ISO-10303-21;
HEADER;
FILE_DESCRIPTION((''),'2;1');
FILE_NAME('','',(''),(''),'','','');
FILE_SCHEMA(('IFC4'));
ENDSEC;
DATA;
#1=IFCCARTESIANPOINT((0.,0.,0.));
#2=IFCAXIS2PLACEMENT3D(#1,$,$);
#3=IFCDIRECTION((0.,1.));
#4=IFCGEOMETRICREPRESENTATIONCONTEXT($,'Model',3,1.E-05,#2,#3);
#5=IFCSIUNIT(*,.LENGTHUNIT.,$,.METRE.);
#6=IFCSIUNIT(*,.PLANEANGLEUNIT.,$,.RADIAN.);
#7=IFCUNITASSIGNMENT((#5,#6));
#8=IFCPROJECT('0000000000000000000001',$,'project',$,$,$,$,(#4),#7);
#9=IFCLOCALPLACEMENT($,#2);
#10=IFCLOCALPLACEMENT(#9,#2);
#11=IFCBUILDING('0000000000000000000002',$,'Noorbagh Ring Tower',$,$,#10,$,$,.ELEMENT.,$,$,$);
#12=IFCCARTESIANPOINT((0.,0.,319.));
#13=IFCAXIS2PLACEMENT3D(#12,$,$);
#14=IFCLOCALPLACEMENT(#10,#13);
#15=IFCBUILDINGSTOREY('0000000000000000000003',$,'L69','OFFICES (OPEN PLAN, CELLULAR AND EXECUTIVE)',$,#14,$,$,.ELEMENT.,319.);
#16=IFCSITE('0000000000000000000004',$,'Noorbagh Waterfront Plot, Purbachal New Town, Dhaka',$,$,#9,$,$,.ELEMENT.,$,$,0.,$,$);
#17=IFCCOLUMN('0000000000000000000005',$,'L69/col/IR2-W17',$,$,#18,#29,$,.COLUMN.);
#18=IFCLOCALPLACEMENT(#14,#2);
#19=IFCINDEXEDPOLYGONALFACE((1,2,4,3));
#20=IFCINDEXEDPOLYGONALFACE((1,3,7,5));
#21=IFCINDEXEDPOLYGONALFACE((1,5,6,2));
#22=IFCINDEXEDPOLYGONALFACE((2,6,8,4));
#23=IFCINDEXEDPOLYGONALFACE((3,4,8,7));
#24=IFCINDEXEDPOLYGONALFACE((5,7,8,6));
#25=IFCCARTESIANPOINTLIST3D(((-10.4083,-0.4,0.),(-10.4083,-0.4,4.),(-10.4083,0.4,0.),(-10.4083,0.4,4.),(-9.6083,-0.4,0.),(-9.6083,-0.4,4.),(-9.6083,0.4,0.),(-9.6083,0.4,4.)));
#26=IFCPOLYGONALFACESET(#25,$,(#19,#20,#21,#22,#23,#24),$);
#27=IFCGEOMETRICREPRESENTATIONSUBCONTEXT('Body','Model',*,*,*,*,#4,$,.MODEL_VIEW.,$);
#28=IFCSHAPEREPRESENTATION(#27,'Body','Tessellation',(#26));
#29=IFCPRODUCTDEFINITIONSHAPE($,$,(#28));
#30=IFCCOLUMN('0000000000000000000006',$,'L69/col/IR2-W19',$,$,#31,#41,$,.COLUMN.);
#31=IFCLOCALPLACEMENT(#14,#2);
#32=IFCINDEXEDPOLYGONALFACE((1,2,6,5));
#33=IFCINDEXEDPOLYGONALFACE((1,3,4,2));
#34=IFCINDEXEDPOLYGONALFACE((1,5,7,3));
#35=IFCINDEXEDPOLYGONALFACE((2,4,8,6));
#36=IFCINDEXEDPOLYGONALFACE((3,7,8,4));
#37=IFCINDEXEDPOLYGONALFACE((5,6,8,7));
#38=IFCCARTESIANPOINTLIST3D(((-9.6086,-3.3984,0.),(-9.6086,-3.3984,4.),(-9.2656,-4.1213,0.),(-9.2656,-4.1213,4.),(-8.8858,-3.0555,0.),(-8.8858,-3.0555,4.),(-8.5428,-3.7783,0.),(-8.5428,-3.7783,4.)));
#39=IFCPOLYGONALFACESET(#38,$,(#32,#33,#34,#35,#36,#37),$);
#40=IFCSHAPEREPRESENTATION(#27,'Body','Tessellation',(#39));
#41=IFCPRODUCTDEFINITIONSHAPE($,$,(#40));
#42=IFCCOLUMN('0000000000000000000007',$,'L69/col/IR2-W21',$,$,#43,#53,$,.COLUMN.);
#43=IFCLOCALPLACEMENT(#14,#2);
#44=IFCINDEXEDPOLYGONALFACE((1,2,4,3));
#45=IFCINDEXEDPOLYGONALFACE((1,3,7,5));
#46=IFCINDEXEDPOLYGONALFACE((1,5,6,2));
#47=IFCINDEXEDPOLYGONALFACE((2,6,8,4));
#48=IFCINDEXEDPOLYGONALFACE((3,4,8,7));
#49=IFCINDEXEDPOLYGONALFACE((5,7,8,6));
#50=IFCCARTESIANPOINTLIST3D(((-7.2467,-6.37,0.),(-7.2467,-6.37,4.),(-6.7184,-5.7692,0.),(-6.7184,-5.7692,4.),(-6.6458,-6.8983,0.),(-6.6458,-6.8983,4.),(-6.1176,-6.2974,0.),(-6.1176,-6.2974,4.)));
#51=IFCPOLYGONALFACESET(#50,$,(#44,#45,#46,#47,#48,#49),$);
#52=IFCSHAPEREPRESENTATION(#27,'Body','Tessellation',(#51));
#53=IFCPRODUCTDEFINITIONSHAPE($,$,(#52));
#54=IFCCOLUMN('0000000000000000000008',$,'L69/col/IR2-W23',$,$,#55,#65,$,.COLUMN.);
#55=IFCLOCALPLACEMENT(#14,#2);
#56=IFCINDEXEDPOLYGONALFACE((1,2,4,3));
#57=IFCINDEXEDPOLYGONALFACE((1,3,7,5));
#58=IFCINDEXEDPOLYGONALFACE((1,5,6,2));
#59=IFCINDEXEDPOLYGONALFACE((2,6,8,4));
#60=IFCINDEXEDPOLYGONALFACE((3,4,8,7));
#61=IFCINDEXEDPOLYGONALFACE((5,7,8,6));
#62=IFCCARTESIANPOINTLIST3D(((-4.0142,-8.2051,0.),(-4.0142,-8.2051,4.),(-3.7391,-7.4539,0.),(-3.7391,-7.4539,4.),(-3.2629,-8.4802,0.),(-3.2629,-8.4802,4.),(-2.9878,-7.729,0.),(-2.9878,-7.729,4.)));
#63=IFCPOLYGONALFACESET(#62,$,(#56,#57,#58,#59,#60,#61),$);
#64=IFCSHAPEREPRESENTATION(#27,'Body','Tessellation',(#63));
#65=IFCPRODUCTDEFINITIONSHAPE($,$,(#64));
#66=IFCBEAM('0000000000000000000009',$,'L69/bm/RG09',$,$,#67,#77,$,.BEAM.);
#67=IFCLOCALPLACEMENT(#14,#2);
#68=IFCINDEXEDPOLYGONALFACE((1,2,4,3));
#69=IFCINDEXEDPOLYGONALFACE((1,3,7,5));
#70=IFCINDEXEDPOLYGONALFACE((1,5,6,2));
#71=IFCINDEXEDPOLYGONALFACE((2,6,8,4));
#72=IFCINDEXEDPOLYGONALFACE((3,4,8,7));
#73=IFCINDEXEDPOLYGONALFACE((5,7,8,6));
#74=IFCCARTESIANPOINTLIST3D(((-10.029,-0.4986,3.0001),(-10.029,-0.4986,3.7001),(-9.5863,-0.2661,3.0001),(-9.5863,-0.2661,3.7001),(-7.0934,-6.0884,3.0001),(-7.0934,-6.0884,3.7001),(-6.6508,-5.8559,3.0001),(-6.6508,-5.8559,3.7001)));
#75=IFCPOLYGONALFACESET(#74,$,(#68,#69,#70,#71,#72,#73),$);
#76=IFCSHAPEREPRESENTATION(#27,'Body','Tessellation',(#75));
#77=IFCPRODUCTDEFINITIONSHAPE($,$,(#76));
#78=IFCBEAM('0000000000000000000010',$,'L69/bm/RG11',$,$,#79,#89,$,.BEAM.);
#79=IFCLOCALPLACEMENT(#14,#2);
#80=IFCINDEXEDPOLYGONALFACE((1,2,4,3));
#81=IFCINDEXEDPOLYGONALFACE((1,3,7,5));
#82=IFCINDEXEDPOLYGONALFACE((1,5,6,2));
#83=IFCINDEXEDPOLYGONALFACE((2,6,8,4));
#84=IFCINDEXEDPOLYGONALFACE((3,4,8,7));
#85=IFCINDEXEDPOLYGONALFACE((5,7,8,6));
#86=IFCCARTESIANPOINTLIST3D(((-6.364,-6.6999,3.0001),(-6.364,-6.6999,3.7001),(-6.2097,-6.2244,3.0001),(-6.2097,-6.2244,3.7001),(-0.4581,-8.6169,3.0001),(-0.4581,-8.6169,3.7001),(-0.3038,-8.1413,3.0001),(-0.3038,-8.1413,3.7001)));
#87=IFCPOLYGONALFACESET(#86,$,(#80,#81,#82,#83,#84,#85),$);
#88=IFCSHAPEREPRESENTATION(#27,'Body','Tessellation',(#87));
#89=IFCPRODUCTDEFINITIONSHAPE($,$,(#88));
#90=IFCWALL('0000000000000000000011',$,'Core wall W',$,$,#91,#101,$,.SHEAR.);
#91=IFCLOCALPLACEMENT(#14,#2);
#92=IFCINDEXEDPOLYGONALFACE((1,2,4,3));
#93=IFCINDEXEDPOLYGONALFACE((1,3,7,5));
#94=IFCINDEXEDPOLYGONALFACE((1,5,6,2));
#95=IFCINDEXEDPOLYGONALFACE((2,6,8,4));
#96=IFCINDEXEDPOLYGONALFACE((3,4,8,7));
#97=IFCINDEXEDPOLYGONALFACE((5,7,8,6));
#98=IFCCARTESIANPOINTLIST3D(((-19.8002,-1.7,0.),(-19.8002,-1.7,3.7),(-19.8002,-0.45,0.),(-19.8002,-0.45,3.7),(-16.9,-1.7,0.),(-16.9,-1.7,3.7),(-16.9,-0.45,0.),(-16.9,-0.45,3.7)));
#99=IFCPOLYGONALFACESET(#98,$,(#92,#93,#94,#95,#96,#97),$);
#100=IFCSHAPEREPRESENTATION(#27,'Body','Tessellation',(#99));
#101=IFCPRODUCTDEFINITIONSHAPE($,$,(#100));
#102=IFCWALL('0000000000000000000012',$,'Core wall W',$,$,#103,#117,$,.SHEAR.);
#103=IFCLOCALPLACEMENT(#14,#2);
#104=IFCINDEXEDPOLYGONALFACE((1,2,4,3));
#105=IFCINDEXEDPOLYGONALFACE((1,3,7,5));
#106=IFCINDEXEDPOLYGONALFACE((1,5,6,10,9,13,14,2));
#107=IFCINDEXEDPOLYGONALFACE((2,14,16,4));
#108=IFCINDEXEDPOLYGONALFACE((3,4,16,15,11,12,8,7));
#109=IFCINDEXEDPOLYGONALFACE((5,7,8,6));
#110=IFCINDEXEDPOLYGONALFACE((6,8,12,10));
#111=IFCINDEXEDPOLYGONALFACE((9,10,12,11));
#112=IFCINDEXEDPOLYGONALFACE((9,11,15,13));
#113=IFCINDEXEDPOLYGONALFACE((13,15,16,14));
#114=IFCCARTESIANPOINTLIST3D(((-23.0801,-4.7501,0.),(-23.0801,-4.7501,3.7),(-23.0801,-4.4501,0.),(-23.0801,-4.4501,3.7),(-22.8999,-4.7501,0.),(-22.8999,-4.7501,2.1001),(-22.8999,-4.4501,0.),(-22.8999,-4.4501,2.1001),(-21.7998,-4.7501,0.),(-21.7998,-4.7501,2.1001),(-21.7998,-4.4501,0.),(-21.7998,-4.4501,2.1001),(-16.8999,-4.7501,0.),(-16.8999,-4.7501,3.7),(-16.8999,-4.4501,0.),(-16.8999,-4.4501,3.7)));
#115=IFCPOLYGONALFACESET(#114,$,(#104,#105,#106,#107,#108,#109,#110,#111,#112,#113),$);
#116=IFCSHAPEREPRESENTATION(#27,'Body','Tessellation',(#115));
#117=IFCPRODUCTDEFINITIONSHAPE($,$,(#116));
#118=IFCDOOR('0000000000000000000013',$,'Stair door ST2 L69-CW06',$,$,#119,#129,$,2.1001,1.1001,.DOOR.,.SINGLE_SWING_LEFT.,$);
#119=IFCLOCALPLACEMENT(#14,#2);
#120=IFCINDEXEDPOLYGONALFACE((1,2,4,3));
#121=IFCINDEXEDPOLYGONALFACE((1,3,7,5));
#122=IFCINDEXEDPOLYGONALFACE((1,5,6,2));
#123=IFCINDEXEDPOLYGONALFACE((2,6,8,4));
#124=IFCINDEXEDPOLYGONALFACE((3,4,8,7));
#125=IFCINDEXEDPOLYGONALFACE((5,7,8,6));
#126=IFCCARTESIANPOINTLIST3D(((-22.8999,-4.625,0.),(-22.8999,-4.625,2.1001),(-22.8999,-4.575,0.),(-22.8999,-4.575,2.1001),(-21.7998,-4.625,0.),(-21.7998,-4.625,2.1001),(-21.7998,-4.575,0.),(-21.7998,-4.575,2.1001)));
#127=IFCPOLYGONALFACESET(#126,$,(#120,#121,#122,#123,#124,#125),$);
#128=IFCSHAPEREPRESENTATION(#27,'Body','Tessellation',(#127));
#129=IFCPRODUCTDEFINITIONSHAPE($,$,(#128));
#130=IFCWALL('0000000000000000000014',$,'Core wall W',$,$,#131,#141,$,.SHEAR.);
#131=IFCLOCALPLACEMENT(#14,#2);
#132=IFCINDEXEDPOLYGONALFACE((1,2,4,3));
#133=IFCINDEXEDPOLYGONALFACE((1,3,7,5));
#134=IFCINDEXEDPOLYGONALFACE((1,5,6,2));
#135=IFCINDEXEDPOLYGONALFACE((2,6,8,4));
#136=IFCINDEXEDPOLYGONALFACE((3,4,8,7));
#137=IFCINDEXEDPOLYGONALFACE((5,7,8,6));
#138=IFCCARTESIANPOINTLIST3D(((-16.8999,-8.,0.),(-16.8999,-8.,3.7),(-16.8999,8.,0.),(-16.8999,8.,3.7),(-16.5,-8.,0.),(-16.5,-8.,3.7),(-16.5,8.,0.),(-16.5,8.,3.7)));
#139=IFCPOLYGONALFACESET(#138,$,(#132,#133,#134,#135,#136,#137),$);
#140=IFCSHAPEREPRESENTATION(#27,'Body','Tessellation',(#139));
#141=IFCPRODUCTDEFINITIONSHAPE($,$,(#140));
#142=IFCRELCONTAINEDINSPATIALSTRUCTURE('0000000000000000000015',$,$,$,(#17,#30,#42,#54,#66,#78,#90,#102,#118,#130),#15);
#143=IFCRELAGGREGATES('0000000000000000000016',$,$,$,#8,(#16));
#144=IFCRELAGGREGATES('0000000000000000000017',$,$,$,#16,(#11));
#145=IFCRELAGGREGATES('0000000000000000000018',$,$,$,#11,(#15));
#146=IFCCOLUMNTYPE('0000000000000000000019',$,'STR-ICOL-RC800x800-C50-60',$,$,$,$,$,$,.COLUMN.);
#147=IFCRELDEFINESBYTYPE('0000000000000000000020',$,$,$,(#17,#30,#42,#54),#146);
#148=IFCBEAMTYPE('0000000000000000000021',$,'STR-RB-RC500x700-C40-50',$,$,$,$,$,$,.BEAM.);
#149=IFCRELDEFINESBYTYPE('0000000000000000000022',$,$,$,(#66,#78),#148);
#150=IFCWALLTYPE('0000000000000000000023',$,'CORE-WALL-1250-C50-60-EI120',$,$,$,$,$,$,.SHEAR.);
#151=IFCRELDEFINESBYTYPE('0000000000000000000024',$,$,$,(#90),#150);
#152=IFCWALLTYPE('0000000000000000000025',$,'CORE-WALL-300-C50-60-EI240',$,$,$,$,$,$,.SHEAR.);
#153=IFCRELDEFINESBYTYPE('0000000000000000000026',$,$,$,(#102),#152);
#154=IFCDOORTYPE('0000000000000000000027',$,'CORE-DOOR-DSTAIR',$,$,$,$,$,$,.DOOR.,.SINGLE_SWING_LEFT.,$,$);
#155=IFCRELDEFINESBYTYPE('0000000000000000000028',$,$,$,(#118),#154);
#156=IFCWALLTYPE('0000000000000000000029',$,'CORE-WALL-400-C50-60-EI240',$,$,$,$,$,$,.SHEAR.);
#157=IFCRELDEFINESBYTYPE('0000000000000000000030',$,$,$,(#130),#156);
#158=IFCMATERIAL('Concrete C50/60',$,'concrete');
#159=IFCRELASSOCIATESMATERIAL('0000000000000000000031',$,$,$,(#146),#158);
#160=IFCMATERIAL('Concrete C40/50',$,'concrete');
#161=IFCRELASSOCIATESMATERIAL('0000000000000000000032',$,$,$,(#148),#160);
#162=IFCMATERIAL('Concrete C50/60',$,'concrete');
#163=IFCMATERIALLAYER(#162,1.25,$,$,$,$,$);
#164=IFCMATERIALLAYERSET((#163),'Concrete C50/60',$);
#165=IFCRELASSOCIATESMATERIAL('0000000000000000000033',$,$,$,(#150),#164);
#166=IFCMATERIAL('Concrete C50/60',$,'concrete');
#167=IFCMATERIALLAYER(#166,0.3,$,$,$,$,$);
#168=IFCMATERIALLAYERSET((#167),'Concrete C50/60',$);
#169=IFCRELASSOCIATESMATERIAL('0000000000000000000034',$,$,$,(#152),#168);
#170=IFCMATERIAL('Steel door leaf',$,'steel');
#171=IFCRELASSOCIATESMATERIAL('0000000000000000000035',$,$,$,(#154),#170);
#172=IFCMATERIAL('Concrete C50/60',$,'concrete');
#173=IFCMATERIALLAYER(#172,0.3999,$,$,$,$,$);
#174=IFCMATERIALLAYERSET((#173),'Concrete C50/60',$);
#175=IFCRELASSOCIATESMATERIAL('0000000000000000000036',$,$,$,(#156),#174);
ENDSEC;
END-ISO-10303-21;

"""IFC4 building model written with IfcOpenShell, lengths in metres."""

from ifc_helpers import new_model, si_unit, direction, frame, frame_2d, origin, origin_2d, place, context, subcontext, project, spatial, rectangle, extrude, material, layer, layer_set, material_profile, profile_set, type_object, element, fill, save


model = new_model("IFC4")

# Units and contexts
model_context = context("Model", 3, precision=1e-05, world=origin(), true_north=direction((0.0, 1.0)))
body_context = subcontext(model_context, "Body", "Model", "MODEL_VIEW")
ifc_project = project(units=[si_unit("LENGTHUNIT", "METRE"), si_unit("PLANEANGLEUNIT", "RADIAN")], contexts=[model_context])

# Site, building, storey
site_placement = place(None, origin())
site = spatial("IfcSite", under=ifc_project, at=site_placement, Name="Noorbagh Waterfront Plot, Purbachal New Town, Dhaka", CompositionType="ELEMENT", RefElevation=0.0)
building_placement = place(site_placement, origin())
building = spatial("IfcBuilding", under=site, at=building_placement, Name="Noorbagh Ring Tower", CompositionType="ELEMENT")
storey_placement = place(building_placement, frame((0.0, 0.0, 319.0)))
storey = spatial("IfcBuildingStorey", under=building, at=storey_placement, Name="L69", Description="OFFICES (OPEN PLAN, CELLULAR AND EXECUTIVE)", CompositionType="ELEMENT", Elevation=319.0)

# Columns
ifc_material_1 = material(Name="Concrete C50/60", Category="concrete")
ifc_material_profile_1 = material_profile(ifc_material_1, rectangle(XDim=0.8, YDim=0.8, at=origin_2d()), Name="RC800x800")
ifc_profile_set_1 = profile_set([ifc_material_profile_1], Name="Concrete C50/60")
column_type = type_object("IfcColumnType", Name="STR-ICOL-RC800x800-C50-60", PredefinedType="COLUMN", material=ifc_profile_set_1)
for number, where, z_axis, x_axis, name in (
    (1, (-10.0083, 0.0, 0.0), (0.0, 0.0, 1.0), (0.0, -1.0, 0.0), "L69/col/IR2-W17"),
    (2, (-9.0757, -3.5884, 0.0), (0.0, 0.0, 1.0), (0.428667, -0.903463, 0.0), "L69/col/IR2-W19"),
    (3, (-6.6821, -6.3337, 0.0), (0.0, 0.0, 1.0), (0.751022, -0.660277, 0.0), "L69/col/IR2-W21"),
    (4, (-3.501, -7.967, 0.0), (0.0, 0.0, 1.0), (0.93902, -0.343864, 0.0), "L69/col/IR2-W23"),
):
    element("IfcColumn", number, at=place(storey_placement, frame(where, z_axis=z_axis, x_axis=x_axis)), inside=storey, type_object=column_type, Name=name, PredefinedType="COLUMN", context=body_context, shape_type="SweptSolid", body=[
        extrude(rectangle(XDim=0.8, YDim=0.8, at=origin_2d()), origin(), (0.0, 0.0, 1.0), 4.0),
    ])

# Beams
ifc_material_2 = material(Name="Concrete C40/50", Category="concrete")
ifc_material_profile_2 = material_profile(ifc_material_2, rectangle(XDim=0.5, YDim=0.7, at=origin_2d()), Name="RC500x700")
ifc_profile_set_2 = profile_set([ifc_material_profile_2], Name="Concrete C40/50")
beam_type = type_object("IfcBeamType", Name="STR-RB-RC500x700-C40-50", PredefinedType="BEAM", material=ifc_profile_set_2)
beam_1_placement = place(storey_placement, frame((-9.8076, -0.3823, 3.3501), z_axis=(0.464943, -0.885341, 0.0), x_axis=(0.885341, 0.464943, 0.0)))
element("IfcBeam", 5, at=beam_1_placement, inside=storey, type_object=beam_type, Name="L69/bm/RG09", PredefinedType="BEAM", context=body_context, shape_type="SweptSolid", body=[
    extrude(rectangle(XDim=0.5, YDim=0.7, at=origin_2d()), origin(), (0.0, 0.0, 1.0), 6.3137),
])
beam_2_placement = place(storey_placement, frame((-6.2869, -6.4622, 3.3501), z_axis=(0.95115, -0.308728, 0.0), x_axis=(0.308728, 0.95115, 0.0)))
element("IfcBeam", 6, at=beam_2_placement, inside=storey, type_object=beam_type, Name="L69/bm/RG11", PredefinedType="BEAM", context=body_context, shape_type="SweptSolid", body=[
    extrude(rectangle(XDim=0.5, YDim=0.7, at=origin_2d()), origin(), (0.0, 0.0, 1.0), 6.2092),
])

# Wall
ifc_material_3 = material(Name="Concrete C50/60", Category="concrete")
ifc_layer_1 = layer(ifc_material_3, 1.25)
ifc_layer_set_1 = layer_set([ifc_layer_1], Name="Concrete C50/60")
wall_type_1 = type_object("IfcWallType", Name="CORE-WALL-1250-C50-60-EI120", PredefinedType="SHEAR", material=ifc_layer_set_1)
wall_1_placement = place(storey_placement, frame((-16.8999, -1.075, 0.0), z_axis=(0.0, 0.0, 1.0), x_axis=(-1.0, 0.0, 0.0)))
element("IfcWall", 7, at=wall_1_placement, inside=storey, type_object=wall_type_1, Name="Core wall W", PredefinedType="SHEAR", context=body_context, shape_type="SweptSolid", body=[
    extrude(rectangle(XDim=2.9001, YDim=1.25, at=frame_2d((1.4502, 0.0))), origin(), (0.0, 0.0, 1.0), 3.7),
])

# Wall, opening, door
ifc_material_4 = material(Name="Concrete C50/60", Category="concrete")
ifc_layer_2 = layer(ifc_material_4, 0.3)
ifc_layer_set_2 = layer_set([ifc_layer_2], Name="Concrete C50/60")
wall_type_2 = type_object("IfcWallType", Name="CORE-WALL-300-C50-60-EI240", PredefinedType="SHEAR", material=ifc_layer_set_2)
wall_2_placement = place(storey_placement, frame((-16.8999, -4.6001, 0.0), z_axis=(0.0, 0.0, 1.0), x_axis=(-1.0, 0.0, 0.0)))
wall_2 = element("IfcWall", 8, at=wall_2_placement, inside=storey, type_object=wall_type_2, Name="Core wall W", PredefinedType="SHEAR", context=body_context, shape_type="SweptSolid", body=[
    extrude(rectangle(XDim=6.1802, YDim=0.3, at=frame_2d((3.0901, 0.0))), origin(), (0.0, 0.0, 1.0), 3.7),
])
opening_1_placement = place(wall_2_placement, frame((4.8999, 0.0, 0.0)))
opening_1 = element("IfcOpeningElement", 9, at=opening_1_placement, cuts=wall_2, PredefinedType="OPENING", context=body_context, shape_type="SweptSolid", body=[
    extrude(rectangle(XDim=1.1001, YDim=2.1001, at=frame_2d((0.55, 1.05))), frame((0.0, 0.1602, 0.0), z_axis=(0.0, -1.0, 0.0), x_axis=(1.0, 0.0, 0.0)), (0.0, 0.0, 1.0), 0.3201),
])
ifc_material_5 = material(Name="Steel door leaf", Category="steel")
door_type_1 = type_object("IfcDoorType", Name="CORE-DOOR-DSTAIR", OperationType="SINGLE_SWING_LEFT", PredefinedType="DOOR", material=ifc_material_5)
door_1_placement = place(opening_1_placement, origin())
door_1 = element("IfcDoor", 10, at=door_1_placement, inside=storey, type_object=door_type_1, Name="Stair door ST2 L69-CW06", OperationType="SINGLE_SWING_LEFT", OverallHeight=2.1001, OverallWidth=1.1001, PredefinedType="DOOR", context=body_context, shape_type="SweptSolid", body=[
    extrude(rectangle(XDim=1.1001, YDim=2.1001, at=frame_2d((0.55, 1.05))), frame((0.0, 0.0249, 0.0), z_axis=(0.0, -1.0, 0.0), x_axis=(1.0, 0.0, 0.0)), (0.0, 0.0, 1.0), 0.05),
])
fill(opening_1, door_1)

# Wall
ifc_material_6 = material(Name="Concrete C50/60", Category="concrete")
ifc_layer_3 = layer(ifc_material_6, 0.3999)
ifc_layer_set_3 = layer_set([ifc_layer_3], Name="Concrete C50/60")
wall_type_3 = type_object("IfcWallType", Name="CORE-WALL-400-C50-60-EI240", PredefinedType="SHEAR", material=ifc_layer_set_3)
wall_3_placement = place(storey_placement, frame((-16.7, -8.0, 0.0), z_axis=(0.0, 0.0, 1.0), x_axis=(0.0, 1.0, 0.0)))
element("IfcWall", 11, at=wall_3_placement, inside=storey, type_object=wall_type_3, Name="Core wall W", PredefinedType="SHEAR", context=body_context, shape_type="SweptSolid", body=[
    extrude(rectangle(XDim=16.0, YDim=0.3999, at=frame_2d((8.0, 0.0))), origin(), (0.0, 0.0, 1.0), 3.7),
])

save(model, "model.ifc")
